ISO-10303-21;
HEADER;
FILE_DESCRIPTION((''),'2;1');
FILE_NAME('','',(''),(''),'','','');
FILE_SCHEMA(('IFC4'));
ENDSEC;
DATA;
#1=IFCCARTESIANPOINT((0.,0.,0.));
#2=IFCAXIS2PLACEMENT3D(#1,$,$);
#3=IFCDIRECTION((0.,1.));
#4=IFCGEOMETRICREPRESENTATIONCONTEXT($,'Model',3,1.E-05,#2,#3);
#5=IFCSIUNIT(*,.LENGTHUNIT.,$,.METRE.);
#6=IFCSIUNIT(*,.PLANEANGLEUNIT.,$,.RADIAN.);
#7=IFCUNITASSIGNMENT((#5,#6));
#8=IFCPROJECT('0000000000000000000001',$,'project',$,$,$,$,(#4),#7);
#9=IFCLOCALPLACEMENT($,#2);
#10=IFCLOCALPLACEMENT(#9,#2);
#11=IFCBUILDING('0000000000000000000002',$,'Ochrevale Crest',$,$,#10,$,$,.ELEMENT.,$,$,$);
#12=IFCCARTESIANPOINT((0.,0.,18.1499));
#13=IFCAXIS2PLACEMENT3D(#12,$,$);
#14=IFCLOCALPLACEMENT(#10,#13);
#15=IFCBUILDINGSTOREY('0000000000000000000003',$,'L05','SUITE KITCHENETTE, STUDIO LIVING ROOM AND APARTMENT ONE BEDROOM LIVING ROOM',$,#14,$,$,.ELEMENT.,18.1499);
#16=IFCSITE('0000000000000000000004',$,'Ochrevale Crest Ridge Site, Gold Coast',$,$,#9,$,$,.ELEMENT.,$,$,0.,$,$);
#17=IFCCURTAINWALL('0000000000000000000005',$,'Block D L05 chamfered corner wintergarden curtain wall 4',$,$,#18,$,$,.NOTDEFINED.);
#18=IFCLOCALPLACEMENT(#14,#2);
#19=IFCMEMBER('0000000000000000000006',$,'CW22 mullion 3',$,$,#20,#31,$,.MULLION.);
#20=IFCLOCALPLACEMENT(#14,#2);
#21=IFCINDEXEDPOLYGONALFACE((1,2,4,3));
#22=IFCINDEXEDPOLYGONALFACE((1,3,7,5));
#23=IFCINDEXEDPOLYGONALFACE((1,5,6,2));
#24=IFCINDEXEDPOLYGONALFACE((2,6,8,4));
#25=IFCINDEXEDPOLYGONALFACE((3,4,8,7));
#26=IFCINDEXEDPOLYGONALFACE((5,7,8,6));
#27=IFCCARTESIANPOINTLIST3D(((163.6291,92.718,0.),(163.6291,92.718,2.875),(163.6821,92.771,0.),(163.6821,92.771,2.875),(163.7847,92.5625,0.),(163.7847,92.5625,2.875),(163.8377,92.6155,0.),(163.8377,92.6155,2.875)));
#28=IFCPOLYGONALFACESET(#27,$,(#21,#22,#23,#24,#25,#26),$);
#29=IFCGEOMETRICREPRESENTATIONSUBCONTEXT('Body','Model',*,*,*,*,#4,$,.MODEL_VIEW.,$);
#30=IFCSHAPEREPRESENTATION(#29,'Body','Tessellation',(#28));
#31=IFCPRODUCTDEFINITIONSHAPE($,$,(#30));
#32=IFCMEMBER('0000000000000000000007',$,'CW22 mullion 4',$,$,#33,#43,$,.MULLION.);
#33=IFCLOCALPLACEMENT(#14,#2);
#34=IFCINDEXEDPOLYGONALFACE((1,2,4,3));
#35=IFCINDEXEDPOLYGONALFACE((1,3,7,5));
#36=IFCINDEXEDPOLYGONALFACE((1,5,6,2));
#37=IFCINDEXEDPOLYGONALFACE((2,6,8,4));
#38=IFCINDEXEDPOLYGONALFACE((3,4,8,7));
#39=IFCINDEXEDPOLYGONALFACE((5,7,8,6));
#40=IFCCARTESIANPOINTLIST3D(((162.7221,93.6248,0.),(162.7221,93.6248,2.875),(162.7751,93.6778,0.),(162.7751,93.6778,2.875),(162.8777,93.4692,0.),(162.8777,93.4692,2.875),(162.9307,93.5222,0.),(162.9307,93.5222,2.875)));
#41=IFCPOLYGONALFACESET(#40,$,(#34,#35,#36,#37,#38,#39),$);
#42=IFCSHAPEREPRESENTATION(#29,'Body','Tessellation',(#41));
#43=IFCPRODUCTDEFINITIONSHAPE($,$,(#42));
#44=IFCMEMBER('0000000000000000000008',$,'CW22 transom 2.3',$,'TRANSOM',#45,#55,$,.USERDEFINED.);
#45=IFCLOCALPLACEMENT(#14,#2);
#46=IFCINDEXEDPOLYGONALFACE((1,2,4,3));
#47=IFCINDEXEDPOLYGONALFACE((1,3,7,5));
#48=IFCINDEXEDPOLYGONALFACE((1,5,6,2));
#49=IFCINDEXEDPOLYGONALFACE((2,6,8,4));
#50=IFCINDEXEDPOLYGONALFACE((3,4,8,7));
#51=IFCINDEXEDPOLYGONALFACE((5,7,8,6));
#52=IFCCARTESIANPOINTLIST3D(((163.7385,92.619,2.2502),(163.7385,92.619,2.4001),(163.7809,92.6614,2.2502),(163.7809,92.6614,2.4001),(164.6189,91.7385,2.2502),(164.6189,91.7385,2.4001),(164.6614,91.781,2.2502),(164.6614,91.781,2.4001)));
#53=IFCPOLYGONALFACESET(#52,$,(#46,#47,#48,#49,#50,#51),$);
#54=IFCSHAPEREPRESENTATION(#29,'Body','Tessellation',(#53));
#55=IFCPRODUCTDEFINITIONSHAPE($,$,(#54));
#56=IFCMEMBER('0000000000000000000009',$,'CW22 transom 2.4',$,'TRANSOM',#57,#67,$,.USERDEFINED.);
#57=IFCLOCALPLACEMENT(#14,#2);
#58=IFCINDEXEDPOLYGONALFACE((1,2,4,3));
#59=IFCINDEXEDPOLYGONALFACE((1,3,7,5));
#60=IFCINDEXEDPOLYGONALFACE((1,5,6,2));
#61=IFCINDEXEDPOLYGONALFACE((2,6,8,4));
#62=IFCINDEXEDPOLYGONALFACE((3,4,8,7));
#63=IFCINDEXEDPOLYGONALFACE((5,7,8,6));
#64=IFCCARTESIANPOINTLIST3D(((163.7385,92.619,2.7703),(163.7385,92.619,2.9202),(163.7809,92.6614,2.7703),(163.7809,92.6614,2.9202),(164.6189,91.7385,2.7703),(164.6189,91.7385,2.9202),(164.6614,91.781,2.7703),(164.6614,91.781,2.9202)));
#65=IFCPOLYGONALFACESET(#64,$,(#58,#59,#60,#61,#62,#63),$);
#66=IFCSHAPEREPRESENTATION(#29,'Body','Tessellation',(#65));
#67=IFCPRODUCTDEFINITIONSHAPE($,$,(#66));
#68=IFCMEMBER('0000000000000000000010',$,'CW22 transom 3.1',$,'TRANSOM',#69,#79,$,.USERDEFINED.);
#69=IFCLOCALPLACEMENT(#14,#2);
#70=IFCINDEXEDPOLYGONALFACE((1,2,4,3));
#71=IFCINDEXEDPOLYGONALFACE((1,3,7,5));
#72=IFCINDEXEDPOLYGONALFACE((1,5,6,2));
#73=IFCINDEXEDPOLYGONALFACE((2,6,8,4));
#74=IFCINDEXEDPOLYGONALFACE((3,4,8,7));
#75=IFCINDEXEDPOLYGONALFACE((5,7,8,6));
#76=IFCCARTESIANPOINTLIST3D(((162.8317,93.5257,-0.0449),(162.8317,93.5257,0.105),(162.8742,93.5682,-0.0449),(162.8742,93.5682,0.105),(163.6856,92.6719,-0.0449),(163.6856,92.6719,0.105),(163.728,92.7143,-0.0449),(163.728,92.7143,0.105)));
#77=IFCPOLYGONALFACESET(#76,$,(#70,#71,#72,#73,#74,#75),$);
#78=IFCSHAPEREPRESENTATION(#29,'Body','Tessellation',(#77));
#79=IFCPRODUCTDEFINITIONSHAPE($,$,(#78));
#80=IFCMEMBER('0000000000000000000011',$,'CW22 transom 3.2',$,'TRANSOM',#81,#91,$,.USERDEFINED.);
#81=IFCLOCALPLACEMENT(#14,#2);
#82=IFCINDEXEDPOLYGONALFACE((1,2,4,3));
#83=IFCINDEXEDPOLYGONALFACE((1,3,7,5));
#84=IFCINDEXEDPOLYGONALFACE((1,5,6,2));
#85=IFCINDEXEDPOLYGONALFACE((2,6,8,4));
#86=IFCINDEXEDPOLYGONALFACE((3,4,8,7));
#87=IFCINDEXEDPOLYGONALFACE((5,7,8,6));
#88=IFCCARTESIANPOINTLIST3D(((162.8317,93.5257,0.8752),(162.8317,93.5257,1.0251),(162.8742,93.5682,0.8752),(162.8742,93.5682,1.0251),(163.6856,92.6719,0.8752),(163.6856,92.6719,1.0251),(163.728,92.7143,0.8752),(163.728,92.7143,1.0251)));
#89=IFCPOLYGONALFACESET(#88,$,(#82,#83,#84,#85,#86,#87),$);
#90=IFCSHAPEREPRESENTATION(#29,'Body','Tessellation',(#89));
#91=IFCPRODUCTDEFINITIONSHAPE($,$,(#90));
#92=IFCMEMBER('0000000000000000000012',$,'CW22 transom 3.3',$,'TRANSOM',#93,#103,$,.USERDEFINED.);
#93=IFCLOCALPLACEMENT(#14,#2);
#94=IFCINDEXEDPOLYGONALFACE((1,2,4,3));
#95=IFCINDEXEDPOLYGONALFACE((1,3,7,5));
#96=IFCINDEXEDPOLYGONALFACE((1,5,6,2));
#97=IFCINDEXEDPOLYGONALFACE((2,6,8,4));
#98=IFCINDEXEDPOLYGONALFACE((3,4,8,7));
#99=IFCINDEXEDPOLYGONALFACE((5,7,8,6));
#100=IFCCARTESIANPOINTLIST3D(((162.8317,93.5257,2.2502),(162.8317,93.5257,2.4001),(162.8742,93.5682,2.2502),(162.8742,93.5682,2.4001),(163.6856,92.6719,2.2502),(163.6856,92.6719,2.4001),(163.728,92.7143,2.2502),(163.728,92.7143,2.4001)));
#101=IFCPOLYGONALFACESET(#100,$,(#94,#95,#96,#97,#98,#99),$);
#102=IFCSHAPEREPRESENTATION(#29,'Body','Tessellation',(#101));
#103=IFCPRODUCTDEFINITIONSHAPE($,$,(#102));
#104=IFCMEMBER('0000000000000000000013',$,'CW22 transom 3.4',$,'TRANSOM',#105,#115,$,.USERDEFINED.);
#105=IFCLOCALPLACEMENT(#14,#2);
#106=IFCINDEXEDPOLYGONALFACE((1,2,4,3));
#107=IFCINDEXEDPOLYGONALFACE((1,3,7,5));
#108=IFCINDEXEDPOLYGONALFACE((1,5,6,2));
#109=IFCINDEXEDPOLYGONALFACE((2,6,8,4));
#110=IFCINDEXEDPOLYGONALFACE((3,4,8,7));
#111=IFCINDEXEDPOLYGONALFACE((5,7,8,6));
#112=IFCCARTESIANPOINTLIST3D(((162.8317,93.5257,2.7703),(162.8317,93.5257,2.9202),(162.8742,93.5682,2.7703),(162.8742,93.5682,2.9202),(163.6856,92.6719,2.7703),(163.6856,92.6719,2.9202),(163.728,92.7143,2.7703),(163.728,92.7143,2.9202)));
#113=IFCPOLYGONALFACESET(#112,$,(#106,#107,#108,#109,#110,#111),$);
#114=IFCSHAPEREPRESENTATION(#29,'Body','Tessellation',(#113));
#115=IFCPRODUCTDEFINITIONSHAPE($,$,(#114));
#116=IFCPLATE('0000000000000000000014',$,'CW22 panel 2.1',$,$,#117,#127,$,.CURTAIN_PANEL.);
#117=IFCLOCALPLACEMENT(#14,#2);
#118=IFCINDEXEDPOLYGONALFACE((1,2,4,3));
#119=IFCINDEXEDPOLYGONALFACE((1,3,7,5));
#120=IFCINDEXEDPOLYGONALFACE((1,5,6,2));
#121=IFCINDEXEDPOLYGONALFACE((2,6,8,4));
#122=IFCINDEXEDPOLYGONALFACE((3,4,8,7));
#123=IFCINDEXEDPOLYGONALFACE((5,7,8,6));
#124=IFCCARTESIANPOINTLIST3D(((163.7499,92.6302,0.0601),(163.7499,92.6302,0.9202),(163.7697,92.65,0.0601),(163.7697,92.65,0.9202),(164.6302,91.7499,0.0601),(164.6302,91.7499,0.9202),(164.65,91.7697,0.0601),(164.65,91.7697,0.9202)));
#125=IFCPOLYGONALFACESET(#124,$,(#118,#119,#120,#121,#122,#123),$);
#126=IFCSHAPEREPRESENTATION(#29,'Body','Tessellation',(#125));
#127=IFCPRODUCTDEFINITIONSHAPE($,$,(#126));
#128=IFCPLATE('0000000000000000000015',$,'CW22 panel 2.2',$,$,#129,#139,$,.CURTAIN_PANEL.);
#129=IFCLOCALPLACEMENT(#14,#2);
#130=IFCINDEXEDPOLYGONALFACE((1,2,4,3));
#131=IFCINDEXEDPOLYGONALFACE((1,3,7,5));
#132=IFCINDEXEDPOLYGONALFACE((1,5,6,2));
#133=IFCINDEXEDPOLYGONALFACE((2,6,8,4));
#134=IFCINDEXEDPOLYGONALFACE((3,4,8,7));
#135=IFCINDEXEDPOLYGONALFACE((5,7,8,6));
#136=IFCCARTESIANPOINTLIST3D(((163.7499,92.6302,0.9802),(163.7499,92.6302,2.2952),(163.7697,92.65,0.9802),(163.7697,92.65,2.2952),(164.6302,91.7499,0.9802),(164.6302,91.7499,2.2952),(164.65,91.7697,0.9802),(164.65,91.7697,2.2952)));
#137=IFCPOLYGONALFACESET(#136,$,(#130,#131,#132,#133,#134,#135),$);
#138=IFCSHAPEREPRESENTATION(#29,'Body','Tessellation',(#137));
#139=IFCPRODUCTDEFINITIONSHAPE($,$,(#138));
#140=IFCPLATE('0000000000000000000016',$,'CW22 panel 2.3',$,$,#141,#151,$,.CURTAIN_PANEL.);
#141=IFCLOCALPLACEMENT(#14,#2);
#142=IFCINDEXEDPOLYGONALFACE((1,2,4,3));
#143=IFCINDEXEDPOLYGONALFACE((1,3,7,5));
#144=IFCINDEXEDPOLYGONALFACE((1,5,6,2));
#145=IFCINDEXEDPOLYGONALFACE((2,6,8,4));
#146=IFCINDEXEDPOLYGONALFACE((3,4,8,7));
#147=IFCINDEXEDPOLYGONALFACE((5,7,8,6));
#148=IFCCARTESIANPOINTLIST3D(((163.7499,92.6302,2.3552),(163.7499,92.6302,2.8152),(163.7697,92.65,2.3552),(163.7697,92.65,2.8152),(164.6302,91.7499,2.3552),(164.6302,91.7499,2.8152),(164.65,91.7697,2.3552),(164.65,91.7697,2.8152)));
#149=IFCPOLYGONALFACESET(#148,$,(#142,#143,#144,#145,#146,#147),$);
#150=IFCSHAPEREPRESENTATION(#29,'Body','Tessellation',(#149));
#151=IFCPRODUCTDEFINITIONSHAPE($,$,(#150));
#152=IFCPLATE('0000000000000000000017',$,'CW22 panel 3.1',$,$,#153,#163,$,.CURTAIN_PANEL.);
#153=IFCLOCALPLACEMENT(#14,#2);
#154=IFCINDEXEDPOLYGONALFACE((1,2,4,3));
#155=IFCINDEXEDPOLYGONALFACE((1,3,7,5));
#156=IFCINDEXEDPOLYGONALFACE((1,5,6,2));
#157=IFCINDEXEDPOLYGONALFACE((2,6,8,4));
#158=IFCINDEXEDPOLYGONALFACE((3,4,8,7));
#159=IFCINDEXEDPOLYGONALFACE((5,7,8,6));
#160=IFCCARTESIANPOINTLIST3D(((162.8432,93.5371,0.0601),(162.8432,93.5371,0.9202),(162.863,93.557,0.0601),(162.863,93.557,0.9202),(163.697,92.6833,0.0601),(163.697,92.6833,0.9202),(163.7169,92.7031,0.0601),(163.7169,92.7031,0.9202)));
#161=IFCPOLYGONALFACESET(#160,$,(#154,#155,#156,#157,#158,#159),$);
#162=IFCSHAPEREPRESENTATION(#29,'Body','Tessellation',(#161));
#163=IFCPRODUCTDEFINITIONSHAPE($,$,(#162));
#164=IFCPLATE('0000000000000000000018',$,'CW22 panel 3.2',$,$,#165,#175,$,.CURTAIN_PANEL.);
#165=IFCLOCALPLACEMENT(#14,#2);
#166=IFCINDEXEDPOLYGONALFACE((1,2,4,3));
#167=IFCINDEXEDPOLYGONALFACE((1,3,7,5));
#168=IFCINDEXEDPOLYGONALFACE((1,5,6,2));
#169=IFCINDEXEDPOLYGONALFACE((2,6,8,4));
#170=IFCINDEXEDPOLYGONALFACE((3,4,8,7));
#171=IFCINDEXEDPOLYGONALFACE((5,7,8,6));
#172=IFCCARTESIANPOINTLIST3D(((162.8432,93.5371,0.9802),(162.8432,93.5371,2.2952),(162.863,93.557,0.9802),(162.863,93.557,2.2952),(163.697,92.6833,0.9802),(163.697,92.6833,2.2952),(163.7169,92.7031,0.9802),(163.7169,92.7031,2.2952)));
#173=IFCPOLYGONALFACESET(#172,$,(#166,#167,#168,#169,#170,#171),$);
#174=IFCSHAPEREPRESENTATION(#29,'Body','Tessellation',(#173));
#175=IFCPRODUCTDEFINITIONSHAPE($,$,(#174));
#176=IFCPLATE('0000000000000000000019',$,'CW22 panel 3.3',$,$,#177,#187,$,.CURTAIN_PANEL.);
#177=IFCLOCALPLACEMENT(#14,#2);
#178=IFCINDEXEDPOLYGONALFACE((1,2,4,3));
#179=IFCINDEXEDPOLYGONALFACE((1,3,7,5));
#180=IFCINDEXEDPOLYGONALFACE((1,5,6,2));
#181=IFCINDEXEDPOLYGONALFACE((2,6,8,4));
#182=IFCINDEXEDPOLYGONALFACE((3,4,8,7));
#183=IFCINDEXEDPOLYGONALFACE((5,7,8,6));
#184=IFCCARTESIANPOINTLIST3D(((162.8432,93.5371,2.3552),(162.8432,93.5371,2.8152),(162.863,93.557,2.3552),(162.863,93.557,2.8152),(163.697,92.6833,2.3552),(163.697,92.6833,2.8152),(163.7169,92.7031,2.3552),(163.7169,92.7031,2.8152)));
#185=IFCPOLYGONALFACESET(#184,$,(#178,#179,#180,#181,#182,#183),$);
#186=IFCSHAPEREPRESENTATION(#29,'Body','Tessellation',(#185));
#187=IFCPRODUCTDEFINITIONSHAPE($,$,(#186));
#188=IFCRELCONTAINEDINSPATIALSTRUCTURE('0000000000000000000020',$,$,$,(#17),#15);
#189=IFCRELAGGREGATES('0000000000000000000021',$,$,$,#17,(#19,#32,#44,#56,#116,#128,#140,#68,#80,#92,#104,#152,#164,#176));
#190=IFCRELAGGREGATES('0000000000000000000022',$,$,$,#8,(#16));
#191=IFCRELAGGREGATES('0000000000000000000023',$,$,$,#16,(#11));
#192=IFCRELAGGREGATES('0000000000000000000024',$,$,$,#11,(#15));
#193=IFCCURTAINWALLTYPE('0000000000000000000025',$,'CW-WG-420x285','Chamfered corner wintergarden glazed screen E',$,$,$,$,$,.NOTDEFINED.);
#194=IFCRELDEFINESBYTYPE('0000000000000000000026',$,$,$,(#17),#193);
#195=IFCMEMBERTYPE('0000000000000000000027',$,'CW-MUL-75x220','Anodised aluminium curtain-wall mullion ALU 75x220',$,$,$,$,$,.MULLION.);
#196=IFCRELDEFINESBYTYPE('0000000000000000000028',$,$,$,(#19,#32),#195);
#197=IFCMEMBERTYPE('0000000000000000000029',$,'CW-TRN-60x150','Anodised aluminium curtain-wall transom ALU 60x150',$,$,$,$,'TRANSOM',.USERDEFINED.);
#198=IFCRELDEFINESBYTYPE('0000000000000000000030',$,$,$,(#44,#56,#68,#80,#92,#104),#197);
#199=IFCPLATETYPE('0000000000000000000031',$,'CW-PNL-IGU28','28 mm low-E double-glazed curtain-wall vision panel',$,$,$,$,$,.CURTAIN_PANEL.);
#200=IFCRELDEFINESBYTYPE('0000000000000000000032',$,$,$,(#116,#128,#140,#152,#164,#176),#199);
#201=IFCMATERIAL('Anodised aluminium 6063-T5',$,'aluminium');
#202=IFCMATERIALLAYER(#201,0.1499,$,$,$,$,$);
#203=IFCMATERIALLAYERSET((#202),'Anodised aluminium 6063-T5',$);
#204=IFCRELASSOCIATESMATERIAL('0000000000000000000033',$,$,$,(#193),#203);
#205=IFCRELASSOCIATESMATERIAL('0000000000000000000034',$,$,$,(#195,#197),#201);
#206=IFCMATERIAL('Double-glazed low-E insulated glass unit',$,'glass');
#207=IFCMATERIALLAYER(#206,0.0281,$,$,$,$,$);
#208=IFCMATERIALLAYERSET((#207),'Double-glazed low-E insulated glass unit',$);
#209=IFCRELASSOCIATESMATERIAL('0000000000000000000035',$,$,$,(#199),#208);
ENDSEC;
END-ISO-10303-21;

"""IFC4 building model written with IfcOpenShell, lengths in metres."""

from ifc_helpers import new_model, si_unit, direction, frame, origin, origin_2d, place, context, subcontext, project, spatial, rectangle, extrude, material, layer, layer_set, material_profile, profile_set, type_object, element, aggregate, save


model = new_model("IFC4")

# Units and contexts
model_context = context("Model", 3, precision=1e-05, world=origin(), true_north=direction((0.0, 1.0)))
body_context = subcontext(model_context, "Body", "Model", "MODEL_VIEW")
ifc_project = project(units=[si_unit("LENGTHUNIT", "METRE"), si_unit("PLANEANGLEUNIT", "RADIAN")], contexts=[model_context])

# Site, building, storey
site_placement = place(None, origin())
site = spatial("IfcSite", under=ifc_project, at=site_placement, Name="Ochrevale Crest Ridge Site, Gold Coast", CompositionType="ELEMENT", RefElevation=0.0)
building_placement = place(site_placement, origin())
building = spatial("IfcBuilding", under=site, at=building_placement, Name="Ochrevale Crest", CompositionType="ELEMENT")
storey_placement = place(building_placement, frame((0.0, 0.0, 18.1499)))
storey = spatial("IfcBuildingStorey", under=building, at=storey_placement, Name="L05", Description="SUITE KITCHENETTE, STUDIO LIVING ROOM AND APARTMENT ONE BEDROOM LIVING ROOM", CompositionType="ELEMENT", Elevation=18.1499)

# Curtain wall, members, plates
ifc_material_1 = material(Name="Anodised aluminium 6063-T5", Category="aluminium")
ifc_layer_1 = layer(ifc_material_1, 0.1499)
ifc_layer_set_1 = layer_set([ifc_layer_1], Name="Anodised aluminium 6063-T5")
curtain_wall_type = type_object("IfcCurtainWallType", Name="CW-WG-420x285", Description="Chamfered corner wintergarden glazed screen E", PredefinedType="NOTDEFINED", material=ifc_layer_set_1)
curtain_wall_placement = place(storey_placement, origin())
curtain_wall = element("IfcCurtainWall", 1, at=curtain_wall_placement, inside=storey, type_object=curtain_wall_type, Name="Block D L05 chamfered corner wintergarden curtain wall 4", PredefinedType="NOTDEFINED")
ifc_material_profile_1 = material_profile(ifc_material_1, rectangle(XDim=0.075, YDim=0.22, at=origin_2d()), Name="ALU 75x220")
ifc_profile_set_1 = profile_set([ifc_material_profile_1], Name="Anodised aluminium 6063-T5")
member_type_1 = type_object("IfcMemberType", Name="CW-MUL-75x220", Description="Anodised aluminium curtain-wall mullion ALU 75x220", PredefinedType="MULLION", material=ifc_profile_set_1)
member_1_placement = place(storey_placement, frame((163.7334, 92.6667, 0.0), z_axis=(0.0, 0.0, 1.0), x_axis=(-0.707107, -0.707107, 0.0)))
member_1 = element("IfcMember", 2, at=member_1_placement, type_object=member_type_1, Name="CW22 mullion 3", PredefinedType="MULLION", context=body_context, shape_type="SweptSolid", body=[
    extrude(rectangle(XDim=0.075, YDim=0.22, at=origin_2d()), origin(), (0.0, 0.0, 1.0), 2.875),
])
member_2_placement = place(storey_placement, frame((162.8264, 93.5735, 0.0), z_axis=(0.0, 0.0, 1.0), x_axis=(-0.707107, -0.707107, 0.0)))
member_2 = element("IfcMember", 3, at=member_2_placement, type_object=member_type_1, Name="CW22 mullion 4", PredefinedType="MULLION", context=body_context, shape_type="SweptSolid", body=[
    extrude(rectangle(XDim=0.075, YDim=0.22, at=origin_2d()), origin(), (0.0, 0.0, 1.0), 2.875),
])
ifc_material_profile_2 = material_profile(ifc_material_1, rectangle(XDim=0.0601, YDim=0.1499, at=origin_2d()), Name="ALU 60x150")
ifc_profile_set_2 = profile_set([ifc_material_profile_2], Name="Anodised aluminium 6063-T5")
member_type_2 = type_object("IfcMemberType", Name="CW-TRN-60x150", Description="Anodised aluminium curtain-wall transom ALU 60x150", ElementType="TRANSOM", PredefinedType="USERDEFINED", material=ifc_profile_set_2)
member_3_placement = place(storey_placement, frame((164.6401, 91.7598, 2.3252), z_axis=(-0.707107, 0.707107, 0.0), x_axis=(-0.707107, -0.707107, 0.0)))
member_3 = element("IfcMember", 4, at=member_3_placement, type_object=member_type_2, Name="CW22 transom 2.3", ObjectType="TRANSOM", PredefinedType="USERDEFINED", context=body_context, shape_type="SweptSolid", body=[
    extrude(rectangle(XDim=0.0601, YDim=0.1499, at=origin_2d()), origin(), (0.0, 0.0, 1.0), 1.2451),
])
member_4_placement = place(storey_placement, frame((164.6401, 91.7598, 2.8452), z_axis=(-0.707107, 0.707107, 0.0), x_axis=(-0.707107, -0.707107, 0.0)))
member_4 = element("IfcMember", 5, at=member_4_placement, type_object=member_type_2, Name="CW22 transom 2.4", ObjectType="TRANSOM", PredefinedType="USERDEFINED", context=body_context, shape_type="SweptSolid", body=[
    extrude(rectangle(XDim=0.0601, YDim=0.1499, at=origin_2d()), origin(), (0.0, 0.0, 1.0), 1.2451),
])
member_5_placement = place(storey_placement, frame((163.7068, 92.6931, 0.03), z_axis=(-0.707107, 0.707107, 0.0), x_axis=(-0.707107, -0.707107, 0.0)))
member_5 = element("IfcMember", 6, at=member_5_placement, type_object=member_type_2, Name="CW22 transom 3.1", ObjectType="TRANSOM", PredefinedType="USERDEFINED", context=body_context, shape_type="SweptSolid", body=[
    extrude(rectangle(XDim=0.0601, YDim=0.1499, at=origin_2d()), origin(), (0.0, 0.0, 1.0), 1.2075),
])
member_6_placement = place(storey_placement, frame((163.7068, 92.6931, 0.9502), z_axis=(-0.707107, 0.707107, 0.0), x_axis=(-0.707107, -0.707107, 0.0)))
member_6 = element("IfcMember", 7, at=member_6_placement, type_object=member_type_2, Name="CW22 transom 3.2", ObjectType="TRANSOM", PredefinedType="USERDEFINED", context=body_context, shape_type="SweptSolid", body=[
    extrude(rectangle(XDim=0.0601, YDim=0.1499, at=origin_2d()), origin(), (0.0, 0.0, 1.0), 1.2075),
])
member_7_placement = place(storey_placement, frame((163.7068, 92.6931, 2.3252), z_axis=(-0.707107, 0.707107, 0.0), x_axis=(-0.707107, -0.707107, 0.0)))
member_7 = element("IfcMember", 8, at=member_7_placement, type_object=member_type_2, Name="CW22 transom 3.3", ObjectType="TRANSOM", PredefinedType="USERDEFINED", context=body_context, shape_type="SweptSolid", body=[
    extrude(rectangle(XDim=0.0601, YDim=0.1499, at=origin_2d()), origin(), (0.0, 0.0, 1.0), 1.2075),
])
member_8_placement = place(storey_placement, frame((163.7068, 92.6931, 2.8452), z_axis=(-0.707107, 0.707107, 0.0), x_axis=(-0.707107, -0.707107, 0.0)))
member_8 = element("IfcMember", 9, at=member_8_placement, type_object=member_type_2, Name="CW22 transom 3.4", ObjectType="TRANSOM", PredefinedType="USERDEFINED", context=body_context, shape_type="SweptSolid", body=[
    extrude(rectangle(XDim=0.0601, YDim=0.1499, at=origin_2d()), origin(), (0.0, 0.0, 1.0), 1.2075),
])
ifc_material_2 = material(Name="Double-glazed low-E insulated glass unit", Category="glass")
ifc_layer_2 = layer(ifc_material_2, 0.0281)
ifc_layer_set_2 = layer_set([ifc_layer_2], Name="Double-glazed low-E insulated glass unit")
plate_type_1 = type_object("IfcPlateType", Name="CW-PNL-IGU28", Description="28 mm low-E double-glazed curtain-wall vision panel", PredefinedType="CURTAIN_PANEL", material=ifc_layer_set_2)
plate_1_placement = place(storey_placement, frame((164.2, 92.2, 0.0601), z_axis=(0.0, 0.0, 1.0), x_axis=(-0.707107, 0.707107, 0.0)))
plate_1 = element("IfcPlate", 10, at=plate_1_placement, type_object=plate_type_1, Name="CW22 panel 2.1", PredefinedType="CURTAIN_PANEL", context=body_context, shape_type="SweptSolid", body=[
    extrude(rectangle(XDim=1.2449, YDim=0.0281, at=origin_2d()), origin(), (0.0, 0.0, 1.0), 0.8601),
])
plate_2_placement = place(storey_placement, frame((164.2, 92.2, 0.9802), z_axis=(0.0, 0.0, 1.0), x_axis=(-0.707107, 0.707107, 0.0)))
plate_2 = element("IfcPlate", 11, at=plate_2_placement, type_object=plate_type_1, Name="CW22 panel 2.2", PredefinedType="CURTAIN_PANEL", context=body_context, shape_type="SweptSolid", body=[
    extrude(rectangle(XDim=1.2449, YDim=0.0281, at=origin_2d()), origin(), (0.0, 0.0, 1.0), 1.3149),
])
plate_3_placement = place(storey_placement, frame((164.2, 92.2, 2.3552), z_axis=(0.0, 0.0, 1.0), x_axis=(-0.707107, 0.707107, 0.0)))
plate_3 = element("IfcPlate", 12, at=plate_3_placement, type_object=plate_type_1, Name="CW22 panel 2.3", PredefinedType="CURTAIN_PANEL", context=body_context, shape_type="SweptSolid", body=[
    extrude(rectangle(XDim=1.2449, YDim=0.0281, at=origin_2d()), origin(), (0.0, 0.0, 1.0), 0.46),
])
plate_4_placement = place(storey_placement, frame((163.28, 93.1201, 0.0601), z_axis=(0.0, 0.0, 1.0), x_axis=(-0.707107, 0.707107, 0.0)))
plate_4 = element("IfcPlate", 13, at=plate_4_placement, type_object=plate_type_1, Name="CW22 panel 3.1", PredefinedType="CURTAIN_PANEL", context=body_context, shape_type="SweptSolid", body=[
    extrude(rectangle(XDim=1.2075, YDim=0.0281, at=origin_2d()), origin(), (0.0, 0.0, 1.0), 0.8601),
])
plate_5_placement = place(storey_placement, frame((163.28, 93.1201, 0.9802), z_axis=(0.0, 0.0, 1.0), x_axis=(-0.707107, 0.707107, 0.0)))
plate_5 = element("IfcPlate", 14, at=plate_5_placement, type_object=plate_type_1, Name="CW22 panel 3.2", PredefinedType="CURTAIN_PANEL", context=body_context, shape_type="SweptSolid", body=[
    extrude(rectangle(XDim=1.2075, YDim=0.0281, at=origin_2d()), origin(), (0.0, 0.0, 1.0), 1.3149),
])
plate_6_placement = place(storey_placement, frame((163.28, 93.1201, 2.3552), z_axis=(0.0, 0.0, 1.0), x_axis=(-0.707107, 0.707107, 0.0)))
plate_6 = element("IfcPlate", 15, at=plate_6_placement, type_object=plate_type_1, Name="CW22 panel 3.3", PredefinedType="CURTAIN_PANEL", context=body_context, shape_type="SweptSolid", body=[
    extrude(rectangle(XDim=1.2075, YDim=0.0281, at=origin_2d()), origin(), (0.0, 0.0, 1.0), 0.46),
])
aggregate(curtain_wall, [member_1, member_2, member_3, member_4, plate_1, plate_2, plate_3, member_5, member_6, member_7, member_8, plate_4, plate_5, plate_6])

save(model, "model.ifc")
